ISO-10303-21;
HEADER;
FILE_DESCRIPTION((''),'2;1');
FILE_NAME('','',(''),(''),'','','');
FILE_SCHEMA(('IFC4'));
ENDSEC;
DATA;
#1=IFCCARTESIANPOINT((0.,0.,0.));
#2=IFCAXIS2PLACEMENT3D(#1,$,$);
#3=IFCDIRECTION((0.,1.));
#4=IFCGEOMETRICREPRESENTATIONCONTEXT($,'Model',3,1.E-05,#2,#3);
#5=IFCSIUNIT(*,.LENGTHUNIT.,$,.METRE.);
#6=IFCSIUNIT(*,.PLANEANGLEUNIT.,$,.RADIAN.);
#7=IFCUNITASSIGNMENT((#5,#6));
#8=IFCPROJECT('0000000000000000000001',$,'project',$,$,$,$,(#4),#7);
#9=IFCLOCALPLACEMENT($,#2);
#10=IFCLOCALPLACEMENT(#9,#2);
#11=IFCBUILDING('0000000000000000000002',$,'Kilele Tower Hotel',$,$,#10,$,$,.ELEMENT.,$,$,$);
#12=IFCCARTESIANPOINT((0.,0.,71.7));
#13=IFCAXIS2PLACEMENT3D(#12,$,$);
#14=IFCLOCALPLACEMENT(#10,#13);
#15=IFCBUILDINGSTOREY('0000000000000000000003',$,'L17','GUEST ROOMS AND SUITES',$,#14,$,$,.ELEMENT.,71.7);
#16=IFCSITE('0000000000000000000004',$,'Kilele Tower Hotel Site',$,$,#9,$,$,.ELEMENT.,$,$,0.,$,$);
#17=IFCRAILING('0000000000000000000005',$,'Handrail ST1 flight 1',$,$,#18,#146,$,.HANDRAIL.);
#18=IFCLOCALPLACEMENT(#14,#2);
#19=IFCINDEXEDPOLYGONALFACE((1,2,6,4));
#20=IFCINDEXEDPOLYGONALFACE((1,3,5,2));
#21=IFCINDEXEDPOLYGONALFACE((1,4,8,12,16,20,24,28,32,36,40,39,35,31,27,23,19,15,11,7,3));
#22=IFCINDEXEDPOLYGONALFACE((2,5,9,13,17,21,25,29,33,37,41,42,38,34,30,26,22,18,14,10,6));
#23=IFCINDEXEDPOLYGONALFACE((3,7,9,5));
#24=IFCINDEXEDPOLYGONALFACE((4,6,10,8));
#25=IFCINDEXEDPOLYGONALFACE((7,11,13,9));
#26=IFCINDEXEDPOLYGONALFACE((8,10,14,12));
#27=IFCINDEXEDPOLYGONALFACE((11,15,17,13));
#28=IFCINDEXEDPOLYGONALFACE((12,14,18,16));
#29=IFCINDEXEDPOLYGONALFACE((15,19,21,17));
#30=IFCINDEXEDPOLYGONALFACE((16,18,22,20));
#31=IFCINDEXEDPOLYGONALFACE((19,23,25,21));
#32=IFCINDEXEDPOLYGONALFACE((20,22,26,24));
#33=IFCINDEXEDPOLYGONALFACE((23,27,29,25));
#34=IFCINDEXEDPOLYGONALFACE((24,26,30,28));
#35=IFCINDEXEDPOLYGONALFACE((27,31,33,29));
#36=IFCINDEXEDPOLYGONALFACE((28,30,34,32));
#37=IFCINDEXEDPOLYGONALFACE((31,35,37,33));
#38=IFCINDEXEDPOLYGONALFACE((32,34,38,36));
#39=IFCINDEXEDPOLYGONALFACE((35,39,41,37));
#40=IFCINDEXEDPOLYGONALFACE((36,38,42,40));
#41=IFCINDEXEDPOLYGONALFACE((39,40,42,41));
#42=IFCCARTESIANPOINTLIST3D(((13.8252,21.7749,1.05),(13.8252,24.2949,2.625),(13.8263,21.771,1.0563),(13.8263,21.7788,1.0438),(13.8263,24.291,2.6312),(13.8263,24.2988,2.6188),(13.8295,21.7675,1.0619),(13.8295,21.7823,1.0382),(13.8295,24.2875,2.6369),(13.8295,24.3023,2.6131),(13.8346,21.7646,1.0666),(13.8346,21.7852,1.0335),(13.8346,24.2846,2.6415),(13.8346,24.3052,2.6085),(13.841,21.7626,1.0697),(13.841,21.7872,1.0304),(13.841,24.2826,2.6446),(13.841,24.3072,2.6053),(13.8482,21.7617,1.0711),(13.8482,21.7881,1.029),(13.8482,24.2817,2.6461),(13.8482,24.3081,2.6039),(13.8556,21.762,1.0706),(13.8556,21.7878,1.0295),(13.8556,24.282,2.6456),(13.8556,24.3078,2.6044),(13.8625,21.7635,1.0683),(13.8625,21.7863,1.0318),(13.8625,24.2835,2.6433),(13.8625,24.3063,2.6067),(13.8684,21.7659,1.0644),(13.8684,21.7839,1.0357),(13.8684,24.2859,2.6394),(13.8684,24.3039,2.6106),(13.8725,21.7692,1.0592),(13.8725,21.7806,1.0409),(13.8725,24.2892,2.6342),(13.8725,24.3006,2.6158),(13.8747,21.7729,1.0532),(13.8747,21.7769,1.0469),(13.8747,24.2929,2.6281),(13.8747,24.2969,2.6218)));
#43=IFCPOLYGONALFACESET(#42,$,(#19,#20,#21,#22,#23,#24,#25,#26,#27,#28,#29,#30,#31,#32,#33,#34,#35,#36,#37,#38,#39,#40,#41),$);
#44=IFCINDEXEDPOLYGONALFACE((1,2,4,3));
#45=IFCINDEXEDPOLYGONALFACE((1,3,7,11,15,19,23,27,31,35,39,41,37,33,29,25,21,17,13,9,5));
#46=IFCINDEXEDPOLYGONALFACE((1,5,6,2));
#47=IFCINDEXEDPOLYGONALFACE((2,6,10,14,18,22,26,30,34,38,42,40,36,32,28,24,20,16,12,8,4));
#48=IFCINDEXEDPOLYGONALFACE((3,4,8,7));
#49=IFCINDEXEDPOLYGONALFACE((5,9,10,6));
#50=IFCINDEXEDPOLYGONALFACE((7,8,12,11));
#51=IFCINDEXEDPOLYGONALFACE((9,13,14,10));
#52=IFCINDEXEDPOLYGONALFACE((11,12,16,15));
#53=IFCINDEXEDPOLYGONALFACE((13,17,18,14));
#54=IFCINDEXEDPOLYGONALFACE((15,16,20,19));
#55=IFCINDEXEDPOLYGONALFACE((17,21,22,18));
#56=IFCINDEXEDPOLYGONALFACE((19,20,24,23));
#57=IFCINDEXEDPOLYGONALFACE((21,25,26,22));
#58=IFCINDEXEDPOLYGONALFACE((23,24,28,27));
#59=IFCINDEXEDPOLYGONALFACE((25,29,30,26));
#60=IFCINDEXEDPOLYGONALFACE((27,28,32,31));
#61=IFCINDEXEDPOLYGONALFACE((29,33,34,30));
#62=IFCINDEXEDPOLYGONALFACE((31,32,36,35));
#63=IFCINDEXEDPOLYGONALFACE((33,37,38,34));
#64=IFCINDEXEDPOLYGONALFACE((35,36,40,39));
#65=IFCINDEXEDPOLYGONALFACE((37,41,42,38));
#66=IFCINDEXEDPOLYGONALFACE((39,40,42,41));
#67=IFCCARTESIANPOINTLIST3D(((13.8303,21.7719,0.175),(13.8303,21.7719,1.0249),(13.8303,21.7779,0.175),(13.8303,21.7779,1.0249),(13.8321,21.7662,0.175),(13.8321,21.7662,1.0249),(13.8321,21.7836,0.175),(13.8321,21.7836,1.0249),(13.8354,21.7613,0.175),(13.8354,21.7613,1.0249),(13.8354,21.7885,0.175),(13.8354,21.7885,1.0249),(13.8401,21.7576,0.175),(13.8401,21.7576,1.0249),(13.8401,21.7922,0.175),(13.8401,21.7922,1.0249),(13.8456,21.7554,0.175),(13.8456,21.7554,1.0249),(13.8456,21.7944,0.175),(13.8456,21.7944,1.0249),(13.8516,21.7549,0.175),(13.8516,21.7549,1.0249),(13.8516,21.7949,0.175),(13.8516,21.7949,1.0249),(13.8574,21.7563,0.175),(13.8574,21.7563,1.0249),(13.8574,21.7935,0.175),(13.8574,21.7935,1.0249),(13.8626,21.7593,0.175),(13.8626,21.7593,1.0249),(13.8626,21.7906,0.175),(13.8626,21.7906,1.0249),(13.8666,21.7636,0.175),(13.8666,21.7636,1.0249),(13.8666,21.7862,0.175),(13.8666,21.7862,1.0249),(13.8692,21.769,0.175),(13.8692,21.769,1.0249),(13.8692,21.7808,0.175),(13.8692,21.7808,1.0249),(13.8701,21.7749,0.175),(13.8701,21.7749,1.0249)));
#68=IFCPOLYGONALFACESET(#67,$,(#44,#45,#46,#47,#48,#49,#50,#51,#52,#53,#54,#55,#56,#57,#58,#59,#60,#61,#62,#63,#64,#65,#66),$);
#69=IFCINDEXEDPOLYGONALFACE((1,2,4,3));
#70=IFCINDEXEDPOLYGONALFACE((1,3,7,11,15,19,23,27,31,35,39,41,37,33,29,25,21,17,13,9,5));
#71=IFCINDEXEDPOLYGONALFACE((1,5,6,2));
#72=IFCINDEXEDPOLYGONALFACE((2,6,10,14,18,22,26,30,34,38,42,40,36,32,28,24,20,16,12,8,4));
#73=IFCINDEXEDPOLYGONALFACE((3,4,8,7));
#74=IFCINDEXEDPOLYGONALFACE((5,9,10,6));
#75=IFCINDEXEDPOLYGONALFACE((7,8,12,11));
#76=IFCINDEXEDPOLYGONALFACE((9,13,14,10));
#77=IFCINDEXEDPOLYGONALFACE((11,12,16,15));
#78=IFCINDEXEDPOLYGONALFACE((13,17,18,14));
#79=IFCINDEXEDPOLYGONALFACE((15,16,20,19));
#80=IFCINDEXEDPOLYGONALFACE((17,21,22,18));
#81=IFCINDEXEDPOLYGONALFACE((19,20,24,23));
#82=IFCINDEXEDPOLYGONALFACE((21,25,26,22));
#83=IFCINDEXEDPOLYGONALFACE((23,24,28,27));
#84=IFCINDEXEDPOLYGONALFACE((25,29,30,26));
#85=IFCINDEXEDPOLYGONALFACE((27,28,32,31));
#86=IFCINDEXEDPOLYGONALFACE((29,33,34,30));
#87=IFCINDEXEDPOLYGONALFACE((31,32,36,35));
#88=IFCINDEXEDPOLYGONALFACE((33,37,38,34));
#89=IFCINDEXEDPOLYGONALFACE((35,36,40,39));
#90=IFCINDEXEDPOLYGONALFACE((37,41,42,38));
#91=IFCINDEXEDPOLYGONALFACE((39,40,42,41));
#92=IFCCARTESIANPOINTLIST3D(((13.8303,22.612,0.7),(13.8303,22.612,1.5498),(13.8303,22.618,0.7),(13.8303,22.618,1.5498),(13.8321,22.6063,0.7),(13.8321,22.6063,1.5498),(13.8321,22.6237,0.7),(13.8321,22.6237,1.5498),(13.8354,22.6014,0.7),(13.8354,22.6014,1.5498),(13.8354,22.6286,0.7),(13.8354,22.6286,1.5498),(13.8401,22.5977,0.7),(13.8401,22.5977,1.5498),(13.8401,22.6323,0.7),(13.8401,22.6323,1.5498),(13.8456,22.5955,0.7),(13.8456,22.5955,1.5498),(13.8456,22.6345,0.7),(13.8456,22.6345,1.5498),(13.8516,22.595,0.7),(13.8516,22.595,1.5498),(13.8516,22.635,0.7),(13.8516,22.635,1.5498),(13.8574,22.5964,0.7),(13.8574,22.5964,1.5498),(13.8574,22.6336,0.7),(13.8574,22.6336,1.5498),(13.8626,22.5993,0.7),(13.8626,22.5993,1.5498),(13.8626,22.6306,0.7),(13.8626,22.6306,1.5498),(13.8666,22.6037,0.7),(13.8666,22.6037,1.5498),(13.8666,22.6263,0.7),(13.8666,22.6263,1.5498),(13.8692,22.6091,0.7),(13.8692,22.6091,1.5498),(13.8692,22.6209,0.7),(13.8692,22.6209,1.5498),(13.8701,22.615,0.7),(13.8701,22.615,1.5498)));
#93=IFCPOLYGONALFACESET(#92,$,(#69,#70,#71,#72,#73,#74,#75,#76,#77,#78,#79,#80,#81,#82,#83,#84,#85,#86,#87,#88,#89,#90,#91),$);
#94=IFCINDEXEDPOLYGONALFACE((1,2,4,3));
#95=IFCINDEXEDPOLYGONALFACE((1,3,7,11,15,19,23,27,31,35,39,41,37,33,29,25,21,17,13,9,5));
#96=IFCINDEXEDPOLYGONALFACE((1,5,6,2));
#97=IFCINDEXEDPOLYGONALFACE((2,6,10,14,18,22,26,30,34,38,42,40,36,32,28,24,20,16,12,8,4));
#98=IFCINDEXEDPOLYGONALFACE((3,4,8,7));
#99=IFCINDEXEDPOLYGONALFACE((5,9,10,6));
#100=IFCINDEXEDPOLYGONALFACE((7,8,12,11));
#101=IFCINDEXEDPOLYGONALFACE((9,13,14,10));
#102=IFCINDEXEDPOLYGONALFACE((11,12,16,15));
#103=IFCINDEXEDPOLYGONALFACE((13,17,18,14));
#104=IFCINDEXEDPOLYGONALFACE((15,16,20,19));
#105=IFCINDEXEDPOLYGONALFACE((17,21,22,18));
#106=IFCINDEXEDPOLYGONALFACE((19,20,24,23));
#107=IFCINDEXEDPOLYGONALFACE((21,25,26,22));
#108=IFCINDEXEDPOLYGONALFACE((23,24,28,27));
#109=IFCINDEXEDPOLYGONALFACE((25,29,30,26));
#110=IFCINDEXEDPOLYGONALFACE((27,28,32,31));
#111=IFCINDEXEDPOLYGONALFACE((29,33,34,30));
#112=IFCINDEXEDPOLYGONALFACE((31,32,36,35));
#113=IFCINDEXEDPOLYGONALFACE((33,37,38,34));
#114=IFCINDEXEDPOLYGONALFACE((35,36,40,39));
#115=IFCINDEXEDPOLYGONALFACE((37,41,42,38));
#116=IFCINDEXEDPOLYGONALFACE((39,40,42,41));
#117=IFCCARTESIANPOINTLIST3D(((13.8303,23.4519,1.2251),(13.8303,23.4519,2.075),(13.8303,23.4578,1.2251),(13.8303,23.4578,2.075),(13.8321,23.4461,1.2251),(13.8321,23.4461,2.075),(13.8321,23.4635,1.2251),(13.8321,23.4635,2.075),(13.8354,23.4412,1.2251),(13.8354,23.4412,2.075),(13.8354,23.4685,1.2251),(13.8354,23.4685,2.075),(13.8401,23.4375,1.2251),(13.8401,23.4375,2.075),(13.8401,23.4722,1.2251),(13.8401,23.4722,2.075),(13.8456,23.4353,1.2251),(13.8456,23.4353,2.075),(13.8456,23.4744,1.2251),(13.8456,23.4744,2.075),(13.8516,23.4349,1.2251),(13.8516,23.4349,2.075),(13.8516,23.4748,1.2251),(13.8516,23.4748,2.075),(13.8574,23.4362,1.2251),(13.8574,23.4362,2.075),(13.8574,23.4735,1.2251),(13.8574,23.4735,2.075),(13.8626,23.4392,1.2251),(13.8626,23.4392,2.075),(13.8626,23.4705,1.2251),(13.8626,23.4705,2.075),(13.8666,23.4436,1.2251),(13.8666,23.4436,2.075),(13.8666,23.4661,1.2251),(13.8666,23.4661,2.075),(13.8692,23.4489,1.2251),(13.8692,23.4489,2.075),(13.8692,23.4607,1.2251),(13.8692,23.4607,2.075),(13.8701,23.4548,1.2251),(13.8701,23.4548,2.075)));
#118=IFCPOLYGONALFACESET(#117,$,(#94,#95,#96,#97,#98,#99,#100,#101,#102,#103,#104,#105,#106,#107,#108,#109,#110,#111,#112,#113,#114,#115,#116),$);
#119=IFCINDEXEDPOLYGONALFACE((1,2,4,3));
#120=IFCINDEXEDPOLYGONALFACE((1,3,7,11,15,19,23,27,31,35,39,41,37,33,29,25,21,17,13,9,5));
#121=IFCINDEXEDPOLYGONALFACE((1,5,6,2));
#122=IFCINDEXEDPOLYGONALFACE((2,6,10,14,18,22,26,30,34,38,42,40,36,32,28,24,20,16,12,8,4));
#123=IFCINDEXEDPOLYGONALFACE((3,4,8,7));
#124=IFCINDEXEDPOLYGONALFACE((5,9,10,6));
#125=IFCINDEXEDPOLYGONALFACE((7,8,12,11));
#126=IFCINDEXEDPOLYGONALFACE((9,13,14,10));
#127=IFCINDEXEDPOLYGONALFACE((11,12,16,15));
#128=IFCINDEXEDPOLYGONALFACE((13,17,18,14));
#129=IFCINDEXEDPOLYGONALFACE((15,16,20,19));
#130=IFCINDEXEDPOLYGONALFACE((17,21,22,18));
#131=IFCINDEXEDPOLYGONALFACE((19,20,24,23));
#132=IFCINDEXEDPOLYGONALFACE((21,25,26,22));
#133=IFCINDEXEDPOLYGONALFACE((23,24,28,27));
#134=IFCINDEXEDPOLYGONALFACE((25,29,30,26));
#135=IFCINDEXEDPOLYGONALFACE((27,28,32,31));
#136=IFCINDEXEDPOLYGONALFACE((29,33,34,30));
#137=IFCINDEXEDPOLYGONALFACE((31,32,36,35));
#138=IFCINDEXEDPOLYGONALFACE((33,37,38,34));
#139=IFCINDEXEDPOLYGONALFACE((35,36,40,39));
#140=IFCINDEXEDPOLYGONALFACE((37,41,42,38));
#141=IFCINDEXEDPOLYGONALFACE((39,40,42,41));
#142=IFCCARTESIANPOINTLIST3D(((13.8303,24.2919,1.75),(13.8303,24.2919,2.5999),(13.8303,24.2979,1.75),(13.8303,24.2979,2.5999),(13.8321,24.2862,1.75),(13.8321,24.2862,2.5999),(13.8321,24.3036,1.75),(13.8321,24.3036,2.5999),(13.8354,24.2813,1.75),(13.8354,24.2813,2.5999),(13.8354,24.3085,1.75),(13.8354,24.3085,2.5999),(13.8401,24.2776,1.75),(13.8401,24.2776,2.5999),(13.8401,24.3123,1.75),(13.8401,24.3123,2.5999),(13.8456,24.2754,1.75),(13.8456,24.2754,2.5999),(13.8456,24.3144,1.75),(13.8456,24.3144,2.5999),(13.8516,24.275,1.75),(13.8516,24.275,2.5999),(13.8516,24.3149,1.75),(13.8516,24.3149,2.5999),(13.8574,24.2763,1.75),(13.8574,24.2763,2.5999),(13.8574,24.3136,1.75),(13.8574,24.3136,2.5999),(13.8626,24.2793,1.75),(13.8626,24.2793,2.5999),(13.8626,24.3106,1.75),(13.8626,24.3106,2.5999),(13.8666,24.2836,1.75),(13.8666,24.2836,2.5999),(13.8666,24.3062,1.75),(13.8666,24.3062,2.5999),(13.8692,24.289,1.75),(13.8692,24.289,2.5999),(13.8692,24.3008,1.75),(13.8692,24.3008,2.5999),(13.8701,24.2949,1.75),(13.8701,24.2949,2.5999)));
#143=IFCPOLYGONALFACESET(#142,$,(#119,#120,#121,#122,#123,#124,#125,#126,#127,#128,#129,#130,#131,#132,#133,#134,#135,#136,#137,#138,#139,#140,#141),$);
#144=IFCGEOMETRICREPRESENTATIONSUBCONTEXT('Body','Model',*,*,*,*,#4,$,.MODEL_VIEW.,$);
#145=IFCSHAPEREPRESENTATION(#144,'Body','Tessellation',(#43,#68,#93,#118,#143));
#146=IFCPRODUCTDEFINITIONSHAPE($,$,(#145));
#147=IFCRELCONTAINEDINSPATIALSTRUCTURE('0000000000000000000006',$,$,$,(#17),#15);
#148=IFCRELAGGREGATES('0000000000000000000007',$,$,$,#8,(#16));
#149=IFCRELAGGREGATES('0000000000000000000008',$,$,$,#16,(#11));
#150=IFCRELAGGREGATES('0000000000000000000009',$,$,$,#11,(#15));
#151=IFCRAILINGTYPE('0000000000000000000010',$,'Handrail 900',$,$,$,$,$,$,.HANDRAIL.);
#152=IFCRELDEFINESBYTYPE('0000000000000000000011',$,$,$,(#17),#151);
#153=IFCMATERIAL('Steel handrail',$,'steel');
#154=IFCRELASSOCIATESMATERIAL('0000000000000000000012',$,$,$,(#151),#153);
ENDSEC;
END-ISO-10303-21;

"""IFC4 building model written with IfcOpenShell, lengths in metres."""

from ifc_helpers import new_model, si_unit, direction, frame, origin, origin_2d, place, context, subcontext, project, spatial, circle, extrude, material, type_object, element, save


model = new_model("IFC4")

# Units and contexts
model_context = context("Model", 3, precision=1e-05, world=origin(), true_north=direction((0.0, 1.0)))
body_context = subcontext(model_context, "Body", "Model", "MODEL_VIEW")
ifc_project = project(units=[si_unit("LENGTHUNIT", "METRE"), si_unit("PLANEANGLEUNIT", "RADIAN")], contexts=[model_context])

# Site, building, storey
site_placement = place(None, origin())
site = spatial("IfcSite", under=ifc_project, at=site_placement, Name="Kilele Tower Hotel Site", CompositionType="ELEMENT", RefElevation=0.0)
building_placement = place(site_placement, origin())
building = spatial("IfcBuilding", under=site, at=building_placement, Name="Kilele Tower Hotel", CompositionType="ELEMENT")
storey_placement = place(building_placement, frame((0.0, 0.0, 71.7)))
storey = spatial("IfcBuildingStorey", under=building, at=storey_placement, Name="L17", Description="GUEST ROOMS AND SUITES", CompositionType="ELEMENT", Elevation=71.7)

# Railing
ifc_material_1 = material(Name="Steel handrail", Category="steel")
railing_type_1 = type_object("IfcRailingType", Name="Handrail 900", PredefinedType="HANDRAIL", material=ifc_material_1)
for number, where, name in (
    (1, (13.8501, 21.7749, 0.175), "Handrail ST1 flight 1"),
):
    element("IfcRailing", number, at=place(storey_placement, frame(where)), inside=storey, type_object=railing_type_1, Name=name, PredefinedType="HANDRAIL", context=body_context, shape_type="SweptSolid", body=[
        extrude(circle(Radius=0.0249, at=origin_2d()), frame((0.0, 0.0, 0.875), z_axis=(0.0, 0.848008, 0.529984), x_axis=(-1.0, 0.0, 0.0)), (0.0, 0.0, 1.0), 2.9717),
        extrude(circle(Radius=0.02, at=origin_2d()), origin(), (0.0, 0.0, 1.0), 0.8499),
        extrude(circle(Radius=0.02, at=origin_2d()), frame((0.0, 0.8401, 0.5249)), (0.0, 0.0, 1.0), 0.8499),
        extrude(circle(Radius=0.02, at=origin_2d()), frame((0.0, 1.6799, 1.05)), (0.0, 0.0, 1.0), 0.8499),
        extrude(circle(Radius=0.02, at=origin_2d()), frame((0.0, 2.52, 1.575)), (0.0, 0.0, 1.0), 0.8499),
    ])

save(model, "model.ifc")
